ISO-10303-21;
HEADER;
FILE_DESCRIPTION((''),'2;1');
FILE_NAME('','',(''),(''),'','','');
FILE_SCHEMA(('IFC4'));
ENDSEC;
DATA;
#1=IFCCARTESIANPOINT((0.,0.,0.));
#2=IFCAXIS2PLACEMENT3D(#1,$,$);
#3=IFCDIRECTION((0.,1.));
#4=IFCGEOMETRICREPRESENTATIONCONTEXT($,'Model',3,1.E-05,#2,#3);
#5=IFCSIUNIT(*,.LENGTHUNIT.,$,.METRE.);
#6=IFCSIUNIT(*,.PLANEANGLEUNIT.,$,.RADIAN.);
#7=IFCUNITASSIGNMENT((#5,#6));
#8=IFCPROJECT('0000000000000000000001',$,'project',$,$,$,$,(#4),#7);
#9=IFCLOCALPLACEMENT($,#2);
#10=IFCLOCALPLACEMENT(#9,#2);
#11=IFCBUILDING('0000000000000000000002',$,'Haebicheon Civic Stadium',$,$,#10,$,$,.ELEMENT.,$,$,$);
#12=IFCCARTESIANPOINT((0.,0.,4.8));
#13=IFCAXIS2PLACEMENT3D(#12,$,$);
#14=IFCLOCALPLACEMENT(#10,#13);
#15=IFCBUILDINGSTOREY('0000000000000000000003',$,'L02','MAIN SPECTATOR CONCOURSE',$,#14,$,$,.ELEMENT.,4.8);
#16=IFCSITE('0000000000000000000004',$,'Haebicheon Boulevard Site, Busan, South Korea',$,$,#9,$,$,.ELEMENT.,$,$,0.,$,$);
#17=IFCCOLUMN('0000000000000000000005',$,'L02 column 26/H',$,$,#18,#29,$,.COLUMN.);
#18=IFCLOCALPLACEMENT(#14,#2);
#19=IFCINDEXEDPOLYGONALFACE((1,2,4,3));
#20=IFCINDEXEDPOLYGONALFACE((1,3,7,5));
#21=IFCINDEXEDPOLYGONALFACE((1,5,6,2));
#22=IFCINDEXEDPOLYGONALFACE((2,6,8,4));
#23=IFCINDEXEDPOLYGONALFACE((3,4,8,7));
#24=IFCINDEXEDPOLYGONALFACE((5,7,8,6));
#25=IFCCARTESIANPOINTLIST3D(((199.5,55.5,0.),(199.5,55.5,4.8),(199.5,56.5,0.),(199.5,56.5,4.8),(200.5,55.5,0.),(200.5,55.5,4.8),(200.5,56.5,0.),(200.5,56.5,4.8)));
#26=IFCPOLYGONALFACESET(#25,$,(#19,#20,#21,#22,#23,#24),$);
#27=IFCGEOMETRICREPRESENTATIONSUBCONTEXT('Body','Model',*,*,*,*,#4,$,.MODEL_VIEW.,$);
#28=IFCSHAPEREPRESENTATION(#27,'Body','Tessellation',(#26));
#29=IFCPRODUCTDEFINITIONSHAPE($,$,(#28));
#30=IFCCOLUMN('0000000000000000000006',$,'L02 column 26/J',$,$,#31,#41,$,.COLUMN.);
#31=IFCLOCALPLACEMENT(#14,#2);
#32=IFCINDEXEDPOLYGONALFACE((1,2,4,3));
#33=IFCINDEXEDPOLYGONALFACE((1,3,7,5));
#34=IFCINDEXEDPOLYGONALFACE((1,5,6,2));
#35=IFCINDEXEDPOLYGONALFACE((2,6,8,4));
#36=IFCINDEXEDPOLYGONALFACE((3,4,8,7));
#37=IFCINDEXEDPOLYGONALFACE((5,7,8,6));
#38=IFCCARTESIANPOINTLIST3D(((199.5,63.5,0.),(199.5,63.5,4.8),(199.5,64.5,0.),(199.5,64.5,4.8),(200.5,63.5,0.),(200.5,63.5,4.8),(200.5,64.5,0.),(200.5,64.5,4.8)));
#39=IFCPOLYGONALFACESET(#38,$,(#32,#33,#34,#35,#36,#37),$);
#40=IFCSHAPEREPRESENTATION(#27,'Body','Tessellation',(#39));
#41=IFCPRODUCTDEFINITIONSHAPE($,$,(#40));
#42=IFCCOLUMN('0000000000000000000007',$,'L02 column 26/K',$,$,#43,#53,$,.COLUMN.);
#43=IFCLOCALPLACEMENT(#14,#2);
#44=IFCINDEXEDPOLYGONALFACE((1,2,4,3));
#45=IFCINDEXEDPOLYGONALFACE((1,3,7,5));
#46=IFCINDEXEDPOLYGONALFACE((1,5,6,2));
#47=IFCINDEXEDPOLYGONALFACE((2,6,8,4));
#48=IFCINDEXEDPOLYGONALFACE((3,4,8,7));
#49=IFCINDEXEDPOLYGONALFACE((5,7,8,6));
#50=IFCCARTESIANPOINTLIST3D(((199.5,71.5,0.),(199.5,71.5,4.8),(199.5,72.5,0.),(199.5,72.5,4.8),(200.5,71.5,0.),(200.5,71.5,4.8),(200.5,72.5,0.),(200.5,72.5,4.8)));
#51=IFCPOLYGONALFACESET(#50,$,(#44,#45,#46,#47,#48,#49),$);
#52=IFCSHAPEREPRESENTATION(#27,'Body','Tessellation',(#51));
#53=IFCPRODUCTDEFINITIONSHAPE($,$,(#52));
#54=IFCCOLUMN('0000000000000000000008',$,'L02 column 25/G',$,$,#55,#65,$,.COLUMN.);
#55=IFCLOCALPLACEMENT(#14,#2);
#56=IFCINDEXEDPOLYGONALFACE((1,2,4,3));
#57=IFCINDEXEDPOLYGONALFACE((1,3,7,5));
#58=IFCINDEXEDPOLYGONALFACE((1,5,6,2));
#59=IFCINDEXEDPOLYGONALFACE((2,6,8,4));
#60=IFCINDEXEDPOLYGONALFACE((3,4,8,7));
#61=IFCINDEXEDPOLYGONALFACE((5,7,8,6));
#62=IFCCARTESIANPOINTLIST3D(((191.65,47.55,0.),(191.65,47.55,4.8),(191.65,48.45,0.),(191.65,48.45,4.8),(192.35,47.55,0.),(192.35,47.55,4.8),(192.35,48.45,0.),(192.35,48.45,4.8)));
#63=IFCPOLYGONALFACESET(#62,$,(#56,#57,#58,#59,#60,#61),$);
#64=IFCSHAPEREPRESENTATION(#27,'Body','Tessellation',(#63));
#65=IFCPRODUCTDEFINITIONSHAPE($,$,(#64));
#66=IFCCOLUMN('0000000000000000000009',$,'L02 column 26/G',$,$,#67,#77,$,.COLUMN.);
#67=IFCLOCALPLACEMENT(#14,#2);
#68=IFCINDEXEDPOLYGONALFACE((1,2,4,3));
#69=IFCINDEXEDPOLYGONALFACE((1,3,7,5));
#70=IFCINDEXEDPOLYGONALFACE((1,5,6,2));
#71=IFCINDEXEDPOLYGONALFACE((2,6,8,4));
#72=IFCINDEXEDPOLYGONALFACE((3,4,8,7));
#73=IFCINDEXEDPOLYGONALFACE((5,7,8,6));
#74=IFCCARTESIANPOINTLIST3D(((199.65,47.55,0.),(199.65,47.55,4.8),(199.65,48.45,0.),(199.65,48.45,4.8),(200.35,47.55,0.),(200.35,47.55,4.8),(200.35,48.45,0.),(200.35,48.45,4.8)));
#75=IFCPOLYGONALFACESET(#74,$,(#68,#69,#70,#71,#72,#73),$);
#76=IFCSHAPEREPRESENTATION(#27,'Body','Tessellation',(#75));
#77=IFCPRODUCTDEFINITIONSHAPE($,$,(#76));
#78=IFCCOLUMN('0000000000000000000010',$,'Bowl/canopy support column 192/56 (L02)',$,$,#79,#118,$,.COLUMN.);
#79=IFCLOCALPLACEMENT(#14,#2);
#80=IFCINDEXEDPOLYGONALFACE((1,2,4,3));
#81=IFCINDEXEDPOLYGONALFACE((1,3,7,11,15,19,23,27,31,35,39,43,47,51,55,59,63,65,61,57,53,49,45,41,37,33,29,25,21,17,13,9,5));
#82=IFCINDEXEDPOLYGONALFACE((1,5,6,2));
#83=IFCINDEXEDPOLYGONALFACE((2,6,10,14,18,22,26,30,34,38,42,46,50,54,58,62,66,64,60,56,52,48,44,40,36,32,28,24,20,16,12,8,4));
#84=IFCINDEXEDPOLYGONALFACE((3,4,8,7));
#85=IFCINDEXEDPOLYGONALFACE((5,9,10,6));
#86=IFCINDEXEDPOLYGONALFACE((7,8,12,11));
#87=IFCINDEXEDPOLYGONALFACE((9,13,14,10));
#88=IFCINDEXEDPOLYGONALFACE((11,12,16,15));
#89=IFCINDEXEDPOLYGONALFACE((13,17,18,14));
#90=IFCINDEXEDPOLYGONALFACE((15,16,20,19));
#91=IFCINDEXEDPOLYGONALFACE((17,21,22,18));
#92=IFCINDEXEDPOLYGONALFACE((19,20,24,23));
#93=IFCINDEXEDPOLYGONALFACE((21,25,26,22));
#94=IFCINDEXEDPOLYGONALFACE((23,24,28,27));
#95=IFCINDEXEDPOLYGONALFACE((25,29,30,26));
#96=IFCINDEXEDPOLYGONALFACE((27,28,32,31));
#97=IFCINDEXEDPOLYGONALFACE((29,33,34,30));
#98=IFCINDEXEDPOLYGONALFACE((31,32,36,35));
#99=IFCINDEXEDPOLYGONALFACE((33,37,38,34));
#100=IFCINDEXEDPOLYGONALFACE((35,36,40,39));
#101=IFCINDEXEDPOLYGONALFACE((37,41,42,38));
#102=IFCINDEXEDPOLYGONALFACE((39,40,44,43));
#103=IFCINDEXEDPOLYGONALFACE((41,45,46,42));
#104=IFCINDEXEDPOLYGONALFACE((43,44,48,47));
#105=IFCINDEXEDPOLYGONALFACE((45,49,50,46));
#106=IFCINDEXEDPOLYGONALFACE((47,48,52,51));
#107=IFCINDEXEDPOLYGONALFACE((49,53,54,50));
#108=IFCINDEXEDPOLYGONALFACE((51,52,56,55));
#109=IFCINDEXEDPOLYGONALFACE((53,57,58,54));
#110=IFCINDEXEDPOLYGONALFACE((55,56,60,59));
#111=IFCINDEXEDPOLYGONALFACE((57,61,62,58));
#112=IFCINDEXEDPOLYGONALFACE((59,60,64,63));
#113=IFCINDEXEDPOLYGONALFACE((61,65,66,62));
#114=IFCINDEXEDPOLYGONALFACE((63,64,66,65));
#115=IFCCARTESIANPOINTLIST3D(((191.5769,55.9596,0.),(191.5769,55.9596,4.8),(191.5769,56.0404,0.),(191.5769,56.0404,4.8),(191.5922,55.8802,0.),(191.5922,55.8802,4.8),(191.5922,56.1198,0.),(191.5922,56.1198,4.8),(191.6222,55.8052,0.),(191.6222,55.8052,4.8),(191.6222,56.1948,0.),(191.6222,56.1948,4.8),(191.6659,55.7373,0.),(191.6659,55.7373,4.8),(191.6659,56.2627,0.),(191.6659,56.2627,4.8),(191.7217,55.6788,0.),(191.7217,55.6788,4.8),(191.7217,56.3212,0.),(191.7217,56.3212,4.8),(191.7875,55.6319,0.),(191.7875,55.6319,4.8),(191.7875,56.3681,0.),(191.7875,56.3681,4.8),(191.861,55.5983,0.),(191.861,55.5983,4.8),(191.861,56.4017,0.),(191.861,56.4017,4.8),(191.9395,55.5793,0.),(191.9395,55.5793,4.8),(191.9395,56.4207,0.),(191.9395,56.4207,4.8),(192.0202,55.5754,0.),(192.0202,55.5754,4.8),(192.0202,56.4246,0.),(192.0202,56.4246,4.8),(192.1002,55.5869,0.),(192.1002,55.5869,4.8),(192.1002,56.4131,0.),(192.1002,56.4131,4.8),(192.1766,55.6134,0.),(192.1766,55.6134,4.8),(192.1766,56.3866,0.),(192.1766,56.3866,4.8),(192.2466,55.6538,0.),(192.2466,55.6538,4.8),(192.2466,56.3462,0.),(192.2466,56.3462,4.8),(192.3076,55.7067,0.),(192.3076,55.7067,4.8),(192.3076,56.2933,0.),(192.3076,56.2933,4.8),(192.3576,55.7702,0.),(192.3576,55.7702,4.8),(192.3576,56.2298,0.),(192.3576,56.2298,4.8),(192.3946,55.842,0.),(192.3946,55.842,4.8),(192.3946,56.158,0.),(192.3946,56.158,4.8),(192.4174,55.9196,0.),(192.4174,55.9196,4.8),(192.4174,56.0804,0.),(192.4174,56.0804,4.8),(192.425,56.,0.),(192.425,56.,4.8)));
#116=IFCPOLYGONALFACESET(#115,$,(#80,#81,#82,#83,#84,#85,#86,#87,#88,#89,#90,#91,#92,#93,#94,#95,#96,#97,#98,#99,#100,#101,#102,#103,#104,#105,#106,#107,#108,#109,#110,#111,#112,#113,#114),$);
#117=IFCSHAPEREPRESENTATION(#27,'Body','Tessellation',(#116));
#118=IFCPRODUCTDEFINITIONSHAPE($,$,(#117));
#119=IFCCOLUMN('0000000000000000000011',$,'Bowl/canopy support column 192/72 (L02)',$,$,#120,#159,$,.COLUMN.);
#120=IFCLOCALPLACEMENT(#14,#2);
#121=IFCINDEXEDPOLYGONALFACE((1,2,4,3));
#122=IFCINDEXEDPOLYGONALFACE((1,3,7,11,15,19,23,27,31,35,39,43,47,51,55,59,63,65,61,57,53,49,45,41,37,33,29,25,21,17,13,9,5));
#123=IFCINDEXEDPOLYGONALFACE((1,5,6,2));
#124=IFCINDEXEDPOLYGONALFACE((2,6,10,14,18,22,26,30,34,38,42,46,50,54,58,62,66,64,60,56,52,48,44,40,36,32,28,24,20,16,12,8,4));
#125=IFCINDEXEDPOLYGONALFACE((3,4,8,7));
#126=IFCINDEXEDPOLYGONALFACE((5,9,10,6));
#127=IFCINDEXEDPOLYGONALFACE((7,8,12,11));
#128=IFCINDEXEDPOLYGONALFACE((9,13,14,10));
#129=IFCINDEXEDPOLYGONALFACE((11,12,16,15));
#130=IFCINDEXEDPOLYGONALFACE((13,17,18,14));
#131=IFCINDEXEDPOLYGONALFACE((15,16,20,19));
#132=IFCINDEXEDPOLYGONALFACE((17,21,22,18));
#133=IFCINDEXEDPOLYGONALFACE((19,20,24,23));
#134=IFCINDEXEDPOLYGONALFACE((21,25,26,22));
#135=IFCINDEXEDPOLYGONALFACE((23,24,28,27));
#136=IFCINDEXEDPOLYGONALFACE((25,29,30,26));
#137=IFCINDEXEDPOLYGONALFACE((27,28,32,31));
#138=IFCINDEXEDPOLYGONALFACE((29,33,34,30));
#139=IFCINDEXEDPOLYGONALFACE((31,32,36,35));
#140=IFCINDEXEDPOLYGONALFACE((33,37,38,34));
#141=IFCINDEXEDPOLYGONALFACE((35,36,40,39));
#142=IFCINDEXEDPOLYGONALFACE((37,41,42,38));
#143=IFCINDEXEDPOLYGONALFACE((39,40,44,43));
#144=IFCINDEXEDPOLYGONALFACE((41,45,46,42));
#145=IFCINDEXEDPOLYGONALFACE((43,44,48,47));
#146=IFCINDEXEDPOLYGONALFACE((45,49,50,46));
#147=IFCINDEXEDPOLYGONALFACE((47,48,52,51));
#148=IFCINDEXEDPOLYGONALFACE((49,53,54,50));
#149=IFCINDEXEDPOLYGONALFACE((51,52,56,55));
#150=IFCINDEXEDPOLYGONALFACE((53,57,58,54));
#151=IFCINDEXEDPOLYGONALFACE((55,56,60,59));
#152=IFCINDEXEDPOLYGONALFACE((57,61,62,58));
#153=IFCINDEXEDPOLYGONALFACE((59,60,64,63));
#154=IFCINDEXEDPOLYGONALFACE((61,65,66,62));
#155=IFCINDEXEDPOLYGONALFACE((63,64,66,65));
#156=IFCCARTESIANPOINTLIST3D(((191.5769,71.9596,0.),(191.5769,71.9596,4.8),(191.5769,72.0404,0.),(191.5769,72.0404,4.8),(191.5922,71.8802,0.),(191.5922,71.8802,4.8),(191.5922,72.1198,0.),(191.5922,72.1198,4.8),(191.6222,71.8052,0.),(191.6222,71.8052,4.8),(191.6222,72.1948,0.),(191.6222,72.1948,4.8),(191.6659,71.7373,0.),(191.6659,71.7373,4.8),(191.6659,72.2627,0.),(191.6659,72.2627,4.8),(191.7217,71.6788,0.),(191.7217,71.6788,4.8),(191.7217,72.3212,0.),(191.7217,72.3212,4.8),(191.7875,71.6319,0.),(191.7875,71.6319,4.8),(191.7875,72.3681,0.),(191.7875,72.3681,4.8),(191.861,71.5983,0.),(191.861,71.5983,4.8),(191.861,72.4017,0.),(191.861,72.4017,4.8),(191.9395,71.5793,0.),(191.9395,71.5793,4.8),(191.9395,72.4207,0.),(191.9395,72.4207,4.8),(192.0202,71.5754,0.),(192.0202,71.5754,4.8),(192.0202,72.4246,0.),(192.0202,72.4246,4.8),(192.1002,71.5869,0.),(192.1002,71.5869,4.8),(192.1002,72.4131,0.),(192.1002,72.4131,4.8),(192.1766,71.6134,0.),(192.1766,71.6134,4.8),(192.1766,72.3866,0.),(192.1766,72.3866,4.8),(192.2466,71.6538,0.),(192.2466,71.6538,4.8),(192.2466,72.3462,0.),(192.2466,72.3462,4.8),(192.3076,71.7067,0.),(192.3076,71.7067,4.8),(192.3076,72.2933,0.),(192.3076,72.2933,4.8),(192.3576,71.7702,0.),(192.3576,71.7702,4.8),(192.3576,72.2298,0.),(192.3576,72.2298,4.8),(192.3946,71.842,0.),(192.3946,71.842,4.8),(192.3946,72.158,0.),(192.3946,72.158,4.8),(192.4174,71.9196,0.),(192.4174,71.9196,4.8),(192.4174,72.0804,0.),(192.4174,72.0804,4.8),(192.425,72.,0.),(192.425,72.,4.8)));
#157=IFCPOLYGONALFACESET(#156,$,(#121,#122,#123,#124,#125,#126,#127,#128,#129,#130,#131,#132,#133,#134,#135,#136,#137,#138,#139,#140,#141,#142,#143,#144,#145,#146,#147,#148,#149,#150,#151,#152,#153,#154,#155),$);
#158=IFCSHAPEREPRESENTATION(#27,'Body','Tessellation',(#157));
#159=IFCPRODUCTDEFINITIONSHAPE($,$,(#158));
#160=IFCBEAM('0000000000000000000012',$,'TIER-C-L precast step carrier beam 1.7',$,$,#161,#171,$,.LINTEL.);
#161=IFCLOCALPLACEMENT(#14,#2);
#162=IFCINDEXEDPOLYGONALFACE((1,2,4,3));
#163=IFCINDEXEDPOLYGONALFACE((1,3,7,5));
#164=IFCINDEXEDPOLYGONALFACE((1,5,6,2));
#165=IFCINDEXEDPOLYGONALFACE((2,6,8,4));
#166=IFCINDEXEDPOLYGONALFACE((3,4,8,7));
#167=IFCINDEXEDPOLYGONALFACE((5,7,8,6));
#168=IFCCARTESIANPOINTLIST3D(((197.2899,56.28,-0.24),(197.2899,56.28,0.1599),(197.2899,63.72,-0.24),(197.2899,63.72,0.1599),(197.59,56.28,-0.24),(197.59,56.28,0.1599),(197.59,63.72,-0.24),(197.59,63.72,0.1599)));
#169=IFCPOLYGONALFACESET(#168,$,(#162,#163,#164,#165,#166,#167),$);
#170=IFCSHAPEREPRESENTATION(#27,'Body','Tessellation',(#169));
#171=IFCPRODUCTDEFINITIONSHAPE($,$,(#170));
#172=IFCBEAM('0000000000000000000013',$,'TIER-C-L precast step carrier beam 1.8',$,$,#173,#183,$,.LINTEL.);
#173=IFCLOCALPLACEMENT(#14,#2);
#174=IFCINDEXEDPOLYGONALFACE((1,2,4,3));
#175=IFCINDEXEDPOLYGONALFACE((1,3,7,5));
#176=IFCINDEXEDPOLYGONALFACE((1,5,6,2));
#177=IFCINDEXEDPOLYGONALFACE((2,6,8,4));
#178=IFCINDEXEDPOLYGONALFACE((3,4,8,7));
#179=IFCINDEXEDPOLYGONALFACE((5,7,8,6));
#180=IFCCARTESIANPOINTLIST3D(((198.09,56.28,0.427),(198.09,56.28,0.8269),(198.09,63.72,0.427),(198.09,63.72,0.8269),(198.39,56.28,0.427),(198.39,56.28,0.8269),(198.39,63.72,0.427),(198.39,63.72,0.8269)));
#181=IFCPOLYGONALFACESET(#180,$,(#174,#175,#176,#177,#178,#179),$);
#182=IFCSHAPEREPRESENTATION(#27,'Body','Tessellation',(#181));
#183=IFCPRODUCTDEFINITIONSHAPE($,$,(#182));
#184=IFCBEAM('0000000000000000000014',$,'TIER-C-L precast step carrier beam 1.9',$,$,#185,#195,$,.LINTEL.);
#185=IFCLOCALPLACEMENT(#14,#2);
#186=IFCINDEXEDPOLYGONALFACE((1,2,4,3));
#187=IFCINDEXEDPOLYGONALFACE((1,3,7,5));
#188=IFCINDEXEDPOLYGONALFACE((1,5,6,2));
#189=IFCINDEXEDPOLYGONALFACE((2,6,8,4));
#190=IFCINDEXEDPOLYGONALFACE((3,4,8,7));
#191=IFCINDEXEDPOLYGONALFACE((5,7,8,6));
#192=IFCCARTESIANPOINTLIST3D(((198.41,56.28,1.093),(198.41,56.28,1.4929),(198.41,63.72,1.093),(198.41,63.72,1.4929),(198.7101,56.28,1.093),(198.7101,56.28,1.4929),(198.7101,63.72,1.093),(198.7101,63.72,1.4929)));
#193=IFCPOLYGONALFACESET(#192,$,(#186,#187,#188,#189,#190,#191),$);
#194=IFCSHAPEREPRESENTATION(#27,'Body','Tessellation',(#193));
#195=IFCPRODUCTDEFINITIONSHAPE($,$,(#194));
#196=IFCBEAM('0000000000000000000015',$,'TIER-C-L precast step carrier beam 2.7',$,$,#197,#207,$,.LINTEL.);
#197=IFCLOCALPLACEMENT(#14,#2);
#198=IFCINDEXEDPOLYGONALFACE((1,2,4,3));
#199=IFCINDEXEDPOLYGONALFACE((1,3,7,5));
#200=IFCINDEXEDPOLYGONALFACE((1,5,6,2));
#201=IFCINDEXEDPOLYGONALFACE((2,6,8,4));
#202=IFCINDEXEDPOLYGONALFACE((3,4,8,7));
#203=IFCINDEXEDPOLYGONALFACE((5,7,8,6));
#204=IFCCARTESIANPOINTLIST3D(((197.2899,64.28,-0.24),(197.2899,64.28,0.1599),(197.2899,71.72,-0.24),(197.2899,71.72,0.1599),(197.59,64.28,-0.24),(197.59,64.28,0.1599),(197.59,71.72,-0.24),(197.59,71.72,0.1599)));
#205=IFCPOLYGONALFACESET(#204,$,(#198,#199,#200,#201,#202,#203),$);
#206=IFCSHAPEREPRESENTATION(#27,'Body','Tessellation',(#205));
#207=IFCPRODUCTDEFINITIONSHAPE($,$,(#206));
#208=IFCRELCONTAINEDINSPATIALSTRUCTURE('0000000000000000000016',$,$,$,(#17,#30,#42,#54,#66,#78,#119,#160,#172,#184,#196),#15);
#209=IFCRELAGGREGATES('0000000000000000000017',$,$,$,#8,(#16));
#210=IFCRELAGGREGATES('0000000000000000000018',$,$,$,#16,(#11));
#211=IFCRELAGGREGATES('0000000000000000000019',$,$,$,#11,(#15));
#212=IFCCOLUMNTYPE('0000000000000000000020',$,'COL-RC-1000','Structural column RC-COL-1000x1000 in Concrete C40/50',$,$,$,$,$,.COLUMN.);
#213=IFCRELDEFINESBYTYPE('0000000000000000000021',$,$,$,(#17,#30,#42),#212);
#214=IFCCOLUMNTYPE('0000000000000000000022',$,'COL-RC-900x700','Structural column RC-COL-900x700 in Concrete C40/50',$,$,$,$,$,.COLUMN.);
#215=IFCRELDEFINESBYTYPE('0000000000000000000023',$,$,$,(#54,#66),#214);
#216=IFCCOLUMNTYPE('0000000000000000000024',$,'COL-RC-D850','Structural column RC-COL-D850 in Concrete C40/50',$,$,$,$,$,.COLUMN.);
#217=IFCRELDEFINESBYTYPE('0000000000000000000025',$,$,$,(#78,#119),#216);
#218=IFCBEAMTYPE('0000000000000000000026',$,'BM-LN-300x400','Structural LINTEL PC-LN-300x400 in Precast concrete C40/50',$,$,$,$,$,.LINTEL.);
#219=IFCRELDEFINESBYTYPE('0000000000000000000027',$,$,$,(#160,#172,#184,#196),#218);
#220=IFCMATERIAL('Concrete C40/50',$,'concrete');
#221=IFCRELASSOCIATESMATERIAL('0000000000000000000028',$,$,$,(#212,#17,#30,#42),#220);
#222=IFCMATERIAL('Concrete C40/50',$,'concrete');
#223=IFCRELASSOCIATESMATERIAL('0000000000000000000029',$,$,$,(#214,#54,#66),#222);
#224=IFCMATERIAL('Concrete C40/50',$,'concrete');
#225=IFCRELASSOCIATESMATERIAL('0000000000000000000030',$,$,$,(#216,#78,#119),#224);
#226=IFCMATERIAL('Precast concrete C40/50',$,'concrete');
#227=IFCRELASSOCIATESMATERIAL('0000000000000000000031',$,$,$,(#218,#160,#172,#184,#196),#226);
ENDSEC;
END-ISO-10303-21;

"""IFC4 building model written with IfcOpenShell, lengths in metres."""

from ifc_helpers import new_model, si_unit, direction, frame, origin, origin_2d, place, context, subcontext, project, spatial, rectangle, circle, extrude, material, material_profile, profile_set, type_object, element, save


model = new_model("IFC4")

# Units and contexts
model_context = context("Model", 3, precision=1e-05, world=origin(), true_north=direction((0.0, 1.0)))
body_context = subcontext(model_context, "Body", "Model", "MODEL_VIEW")
ifc_project = project(units=[si_unit("LENGTHUNIT", "METRE"), si_unit("PLANEANGLEUNIT", "RADIAN")], contexts=[model_context])

# Site, building, storey
site_placement = place(None, origin())
site = spatial("IfcSite", under=ifc_project, at=site_placement, Name="Haebicheon Boulevard Site, Busan, South Korea", CompositionType="ELEMENT", RefElevation=0.0)
building_placement = place(site_placement, origin())
building = spatial("IfcBuilding", under=site, at=building_placement, Name="Haebicheon Civic Stadium", CompositionType="ELEMENT")
storey_placement = place(building_placement, frame((0.0, 0.0, 4.8)))
storey = spatial("IfcBuildingStorey", under=building, at=storey_placement, Name="L02", Description="MAIN SPECTATOR CONCOURSE", CompositionType="ELEMENT", Elevation=4.8)

# Columns
ifc_material_1 = material(Name="Concrete C40/50", Category="concrete")
ifc_material_profile_1 = material_profile(ifc_material_1, rectangle(XDim=1.0, YDim=1.0, at=origin_2d()), Name="RC-COL-1000x1000")
ifc_profile_set_1 = profile_set([ifc_material_profile_1], Name="Concrete C40/50")
column_type_1 = type_object("IfcColumnType", Name="COL-RC-1000", Description="Structural column RC-COL-1000x1000 in Concrete C40/50", PredefinedType="COLUMN", material=ifc_profile_set_1)
for number, where, z_axis, x_axis, name in (
    (1, (200.0, 56.0, 0.0), (0.0, 0.0, 1.0), (1.0, 0.0, 0.0), "L02 column 26/H"),
    (2, (200.0, 64.0, 0.0), (0.0, 0.0, 1.0), (1.0, 0.0, 0.0), "L02 column 26/J"),
    (3, (200.0, 72.0, 0.0), (0.0, 0.0, 1.0), (1.0, 0.0, 0.0), "L02 column 26/K"),
):
    element("IfcColumn", number, at=place(storey_placement, frame(where, z_axis=z_axis, x_axis=x_axis)), inside=storey, type_object=column_type_1, material=ifc_profile_set_1, Name=name, PredefinedType="COLUMN", context=body_context, shape_type="SweptSolid", body=[
        extrude(rectangle(XDim=1.0, YDim=1.0, at=origin_2d()), origin(), (0.0, 0.0, 1.0), 4.8),
    ])
ifc_material_2 = material(Name="Concrete C40/50", Category="concrete")
ifc_material_profile_2 = material_profile(ifc_material_2, rectangle(XDim=0.7, YDim=0.8999, at=origin_2d()), Name="RC-COL-900x700")
ifc_profile_set_2 = profile_set([ifc_material_profile_2], Name="Concrete C40/50")
column_type_2 = type_object("IfcColumnType", Name="COL-RC-900x700", Description="Structural column RC-COL-900x700 in Concrete C40/50", PredefinedType="COLUMN", material=ifc_profile_set_2)
for number, where, z_axis, x_axis, name in (
    (4, (192.0, 48.0, 0.0), (0.0, 0.0, 1.0), (1.0, 0.0, 0.0), "L02 column 25/G"),
    (5, (200.0, 48.0, 0.0), (0.0, 0.0, 1.0), (1.0, 0.0, 0.0), "L02 column 26/G"),
):
    element("IfcColumn", number, at=place(storey_placement, frame(where, z_axis=z_axis, x_axis=x_axis)), inside=storey, type_object=column_type_2, material=ifc_profile_set_2, Name=name, PredefinedType="COLUMN", context=body_context, shape_type="SweptSolid", body=[
        extrude(rectangle(XDim=0.7, YDim=0.8999, at=origin_2d()), origin(), (0.0, 0.0, 1.0), 4.8),
    ])
ifc_material_3 = material(Name="Concrete C40/50", Category="concrete")
ifc_material_profile_3 = material_profile(ifc_material_3, circle(Radius=0.425, at=origin_2d()), Name="RC-COL-D850")
ifc_profile_set_3 = profile_set([ifc_material_profile_3], Name="Concrete C40/50")
column_type_3 = type_object("IfcColumnType", Name="COL-RC-D850", Description="Structural column RC-COL-D850 in Concrete C40/50", PredefinedType="COLUMN", material=ifc_profile_set_3)
for number, where, z_axis, x_axis, name in (
    (6, (192.0, 56.0, 0.0), (0.0, 0.0, 1.0), (1.0, 0.0, 0.0), "Bowl/canopy support column 192/56 (L02)"),
    (7, (192.0, 72.0, 0.0), (0.0, 0.0, 1.0), (1.0, 0.0, 0.0), "Bowl/canopy support column 192/72 (L02)"),
):
    element("IfcColumn", number, at=place(storey_placement, frame(where, z_axis=z_axis, x_axis=x_axis)), inside=storey, type_object=column_type_3, material=ifc_profile_set_3, Name=name, PredefinedType="COLUMN", context=body_context, shape_type="SweptSolid", body=[
        extrude(circle(Radius=0.425, at=origin_2d()), origin(), (0.0, 0.0, 1.0), 4.8),
    ])

# Beams
ifc_material_4 = material(Name="Precast concrete C40/50", Category="concrete")
ifc_material_profile_4 = material_profile(ifc_material_4, rectangle(XDim=0.3, YDim=0.3999, at=origin_2d()), Name="PC-LN-300x400")
ifc_profile_set_4 = profile_set([ifc_material_profile_4], Name="Precast concrete C40/50")
beam_type_1 = type_object("IfcBeamType", Name="BM-LN-300x400", Description="Structural LINTEL PC-LN-300x400 in Precast concrete C40/50", PredefinedType="LINTEL", material=ifc_profile_set_4)
for number, where, z_axis, x_axis, name in (
    (8, (197.4399, 56.28, -0.04), (0.0, 1.0, 0.0), (-1.0, 0.0, 0.0), "TIER-C-L precast step carrier beam 1.7"),
    (9, (198.24, 56.28, 0.627), (0.0, 1.0, 0.0), (-1.0, 0.0, 0.0), "TIER-C-L precast step carrier beam 1.8"),
    (10, (198.5601, 56.28, 1.293), (0.0, 1.0, 0.0), (-1.0, 0.0, 0.0), "TIER-C-L precast step carrier beam 1.9"),
    (11, (197.4399, 64.28, -0.04), (0.0, 1.0, 0.0), (-1.0, 0.0, 0.0), "TIER-C-L precast step carrier beam 2.7"),
):
    element("IfcBeam", number, at=place(storey_placement, frame(where, z_axis=z_axis, x_axis=x_axis)), inside=storey, type_object=beam_type_1, material=ifc_profile_set_4, Name=name, PredefinedType="LINTEL", context=body_context, shape_type="SweptSolid", body=[
        extrude(rectangle(XDim=0.3, YDim=0.3999, at=origin_2d()), origin(), (0.0, 0.0, 1.0), 7.4399),
    ])

save(model, "model.ifc")
